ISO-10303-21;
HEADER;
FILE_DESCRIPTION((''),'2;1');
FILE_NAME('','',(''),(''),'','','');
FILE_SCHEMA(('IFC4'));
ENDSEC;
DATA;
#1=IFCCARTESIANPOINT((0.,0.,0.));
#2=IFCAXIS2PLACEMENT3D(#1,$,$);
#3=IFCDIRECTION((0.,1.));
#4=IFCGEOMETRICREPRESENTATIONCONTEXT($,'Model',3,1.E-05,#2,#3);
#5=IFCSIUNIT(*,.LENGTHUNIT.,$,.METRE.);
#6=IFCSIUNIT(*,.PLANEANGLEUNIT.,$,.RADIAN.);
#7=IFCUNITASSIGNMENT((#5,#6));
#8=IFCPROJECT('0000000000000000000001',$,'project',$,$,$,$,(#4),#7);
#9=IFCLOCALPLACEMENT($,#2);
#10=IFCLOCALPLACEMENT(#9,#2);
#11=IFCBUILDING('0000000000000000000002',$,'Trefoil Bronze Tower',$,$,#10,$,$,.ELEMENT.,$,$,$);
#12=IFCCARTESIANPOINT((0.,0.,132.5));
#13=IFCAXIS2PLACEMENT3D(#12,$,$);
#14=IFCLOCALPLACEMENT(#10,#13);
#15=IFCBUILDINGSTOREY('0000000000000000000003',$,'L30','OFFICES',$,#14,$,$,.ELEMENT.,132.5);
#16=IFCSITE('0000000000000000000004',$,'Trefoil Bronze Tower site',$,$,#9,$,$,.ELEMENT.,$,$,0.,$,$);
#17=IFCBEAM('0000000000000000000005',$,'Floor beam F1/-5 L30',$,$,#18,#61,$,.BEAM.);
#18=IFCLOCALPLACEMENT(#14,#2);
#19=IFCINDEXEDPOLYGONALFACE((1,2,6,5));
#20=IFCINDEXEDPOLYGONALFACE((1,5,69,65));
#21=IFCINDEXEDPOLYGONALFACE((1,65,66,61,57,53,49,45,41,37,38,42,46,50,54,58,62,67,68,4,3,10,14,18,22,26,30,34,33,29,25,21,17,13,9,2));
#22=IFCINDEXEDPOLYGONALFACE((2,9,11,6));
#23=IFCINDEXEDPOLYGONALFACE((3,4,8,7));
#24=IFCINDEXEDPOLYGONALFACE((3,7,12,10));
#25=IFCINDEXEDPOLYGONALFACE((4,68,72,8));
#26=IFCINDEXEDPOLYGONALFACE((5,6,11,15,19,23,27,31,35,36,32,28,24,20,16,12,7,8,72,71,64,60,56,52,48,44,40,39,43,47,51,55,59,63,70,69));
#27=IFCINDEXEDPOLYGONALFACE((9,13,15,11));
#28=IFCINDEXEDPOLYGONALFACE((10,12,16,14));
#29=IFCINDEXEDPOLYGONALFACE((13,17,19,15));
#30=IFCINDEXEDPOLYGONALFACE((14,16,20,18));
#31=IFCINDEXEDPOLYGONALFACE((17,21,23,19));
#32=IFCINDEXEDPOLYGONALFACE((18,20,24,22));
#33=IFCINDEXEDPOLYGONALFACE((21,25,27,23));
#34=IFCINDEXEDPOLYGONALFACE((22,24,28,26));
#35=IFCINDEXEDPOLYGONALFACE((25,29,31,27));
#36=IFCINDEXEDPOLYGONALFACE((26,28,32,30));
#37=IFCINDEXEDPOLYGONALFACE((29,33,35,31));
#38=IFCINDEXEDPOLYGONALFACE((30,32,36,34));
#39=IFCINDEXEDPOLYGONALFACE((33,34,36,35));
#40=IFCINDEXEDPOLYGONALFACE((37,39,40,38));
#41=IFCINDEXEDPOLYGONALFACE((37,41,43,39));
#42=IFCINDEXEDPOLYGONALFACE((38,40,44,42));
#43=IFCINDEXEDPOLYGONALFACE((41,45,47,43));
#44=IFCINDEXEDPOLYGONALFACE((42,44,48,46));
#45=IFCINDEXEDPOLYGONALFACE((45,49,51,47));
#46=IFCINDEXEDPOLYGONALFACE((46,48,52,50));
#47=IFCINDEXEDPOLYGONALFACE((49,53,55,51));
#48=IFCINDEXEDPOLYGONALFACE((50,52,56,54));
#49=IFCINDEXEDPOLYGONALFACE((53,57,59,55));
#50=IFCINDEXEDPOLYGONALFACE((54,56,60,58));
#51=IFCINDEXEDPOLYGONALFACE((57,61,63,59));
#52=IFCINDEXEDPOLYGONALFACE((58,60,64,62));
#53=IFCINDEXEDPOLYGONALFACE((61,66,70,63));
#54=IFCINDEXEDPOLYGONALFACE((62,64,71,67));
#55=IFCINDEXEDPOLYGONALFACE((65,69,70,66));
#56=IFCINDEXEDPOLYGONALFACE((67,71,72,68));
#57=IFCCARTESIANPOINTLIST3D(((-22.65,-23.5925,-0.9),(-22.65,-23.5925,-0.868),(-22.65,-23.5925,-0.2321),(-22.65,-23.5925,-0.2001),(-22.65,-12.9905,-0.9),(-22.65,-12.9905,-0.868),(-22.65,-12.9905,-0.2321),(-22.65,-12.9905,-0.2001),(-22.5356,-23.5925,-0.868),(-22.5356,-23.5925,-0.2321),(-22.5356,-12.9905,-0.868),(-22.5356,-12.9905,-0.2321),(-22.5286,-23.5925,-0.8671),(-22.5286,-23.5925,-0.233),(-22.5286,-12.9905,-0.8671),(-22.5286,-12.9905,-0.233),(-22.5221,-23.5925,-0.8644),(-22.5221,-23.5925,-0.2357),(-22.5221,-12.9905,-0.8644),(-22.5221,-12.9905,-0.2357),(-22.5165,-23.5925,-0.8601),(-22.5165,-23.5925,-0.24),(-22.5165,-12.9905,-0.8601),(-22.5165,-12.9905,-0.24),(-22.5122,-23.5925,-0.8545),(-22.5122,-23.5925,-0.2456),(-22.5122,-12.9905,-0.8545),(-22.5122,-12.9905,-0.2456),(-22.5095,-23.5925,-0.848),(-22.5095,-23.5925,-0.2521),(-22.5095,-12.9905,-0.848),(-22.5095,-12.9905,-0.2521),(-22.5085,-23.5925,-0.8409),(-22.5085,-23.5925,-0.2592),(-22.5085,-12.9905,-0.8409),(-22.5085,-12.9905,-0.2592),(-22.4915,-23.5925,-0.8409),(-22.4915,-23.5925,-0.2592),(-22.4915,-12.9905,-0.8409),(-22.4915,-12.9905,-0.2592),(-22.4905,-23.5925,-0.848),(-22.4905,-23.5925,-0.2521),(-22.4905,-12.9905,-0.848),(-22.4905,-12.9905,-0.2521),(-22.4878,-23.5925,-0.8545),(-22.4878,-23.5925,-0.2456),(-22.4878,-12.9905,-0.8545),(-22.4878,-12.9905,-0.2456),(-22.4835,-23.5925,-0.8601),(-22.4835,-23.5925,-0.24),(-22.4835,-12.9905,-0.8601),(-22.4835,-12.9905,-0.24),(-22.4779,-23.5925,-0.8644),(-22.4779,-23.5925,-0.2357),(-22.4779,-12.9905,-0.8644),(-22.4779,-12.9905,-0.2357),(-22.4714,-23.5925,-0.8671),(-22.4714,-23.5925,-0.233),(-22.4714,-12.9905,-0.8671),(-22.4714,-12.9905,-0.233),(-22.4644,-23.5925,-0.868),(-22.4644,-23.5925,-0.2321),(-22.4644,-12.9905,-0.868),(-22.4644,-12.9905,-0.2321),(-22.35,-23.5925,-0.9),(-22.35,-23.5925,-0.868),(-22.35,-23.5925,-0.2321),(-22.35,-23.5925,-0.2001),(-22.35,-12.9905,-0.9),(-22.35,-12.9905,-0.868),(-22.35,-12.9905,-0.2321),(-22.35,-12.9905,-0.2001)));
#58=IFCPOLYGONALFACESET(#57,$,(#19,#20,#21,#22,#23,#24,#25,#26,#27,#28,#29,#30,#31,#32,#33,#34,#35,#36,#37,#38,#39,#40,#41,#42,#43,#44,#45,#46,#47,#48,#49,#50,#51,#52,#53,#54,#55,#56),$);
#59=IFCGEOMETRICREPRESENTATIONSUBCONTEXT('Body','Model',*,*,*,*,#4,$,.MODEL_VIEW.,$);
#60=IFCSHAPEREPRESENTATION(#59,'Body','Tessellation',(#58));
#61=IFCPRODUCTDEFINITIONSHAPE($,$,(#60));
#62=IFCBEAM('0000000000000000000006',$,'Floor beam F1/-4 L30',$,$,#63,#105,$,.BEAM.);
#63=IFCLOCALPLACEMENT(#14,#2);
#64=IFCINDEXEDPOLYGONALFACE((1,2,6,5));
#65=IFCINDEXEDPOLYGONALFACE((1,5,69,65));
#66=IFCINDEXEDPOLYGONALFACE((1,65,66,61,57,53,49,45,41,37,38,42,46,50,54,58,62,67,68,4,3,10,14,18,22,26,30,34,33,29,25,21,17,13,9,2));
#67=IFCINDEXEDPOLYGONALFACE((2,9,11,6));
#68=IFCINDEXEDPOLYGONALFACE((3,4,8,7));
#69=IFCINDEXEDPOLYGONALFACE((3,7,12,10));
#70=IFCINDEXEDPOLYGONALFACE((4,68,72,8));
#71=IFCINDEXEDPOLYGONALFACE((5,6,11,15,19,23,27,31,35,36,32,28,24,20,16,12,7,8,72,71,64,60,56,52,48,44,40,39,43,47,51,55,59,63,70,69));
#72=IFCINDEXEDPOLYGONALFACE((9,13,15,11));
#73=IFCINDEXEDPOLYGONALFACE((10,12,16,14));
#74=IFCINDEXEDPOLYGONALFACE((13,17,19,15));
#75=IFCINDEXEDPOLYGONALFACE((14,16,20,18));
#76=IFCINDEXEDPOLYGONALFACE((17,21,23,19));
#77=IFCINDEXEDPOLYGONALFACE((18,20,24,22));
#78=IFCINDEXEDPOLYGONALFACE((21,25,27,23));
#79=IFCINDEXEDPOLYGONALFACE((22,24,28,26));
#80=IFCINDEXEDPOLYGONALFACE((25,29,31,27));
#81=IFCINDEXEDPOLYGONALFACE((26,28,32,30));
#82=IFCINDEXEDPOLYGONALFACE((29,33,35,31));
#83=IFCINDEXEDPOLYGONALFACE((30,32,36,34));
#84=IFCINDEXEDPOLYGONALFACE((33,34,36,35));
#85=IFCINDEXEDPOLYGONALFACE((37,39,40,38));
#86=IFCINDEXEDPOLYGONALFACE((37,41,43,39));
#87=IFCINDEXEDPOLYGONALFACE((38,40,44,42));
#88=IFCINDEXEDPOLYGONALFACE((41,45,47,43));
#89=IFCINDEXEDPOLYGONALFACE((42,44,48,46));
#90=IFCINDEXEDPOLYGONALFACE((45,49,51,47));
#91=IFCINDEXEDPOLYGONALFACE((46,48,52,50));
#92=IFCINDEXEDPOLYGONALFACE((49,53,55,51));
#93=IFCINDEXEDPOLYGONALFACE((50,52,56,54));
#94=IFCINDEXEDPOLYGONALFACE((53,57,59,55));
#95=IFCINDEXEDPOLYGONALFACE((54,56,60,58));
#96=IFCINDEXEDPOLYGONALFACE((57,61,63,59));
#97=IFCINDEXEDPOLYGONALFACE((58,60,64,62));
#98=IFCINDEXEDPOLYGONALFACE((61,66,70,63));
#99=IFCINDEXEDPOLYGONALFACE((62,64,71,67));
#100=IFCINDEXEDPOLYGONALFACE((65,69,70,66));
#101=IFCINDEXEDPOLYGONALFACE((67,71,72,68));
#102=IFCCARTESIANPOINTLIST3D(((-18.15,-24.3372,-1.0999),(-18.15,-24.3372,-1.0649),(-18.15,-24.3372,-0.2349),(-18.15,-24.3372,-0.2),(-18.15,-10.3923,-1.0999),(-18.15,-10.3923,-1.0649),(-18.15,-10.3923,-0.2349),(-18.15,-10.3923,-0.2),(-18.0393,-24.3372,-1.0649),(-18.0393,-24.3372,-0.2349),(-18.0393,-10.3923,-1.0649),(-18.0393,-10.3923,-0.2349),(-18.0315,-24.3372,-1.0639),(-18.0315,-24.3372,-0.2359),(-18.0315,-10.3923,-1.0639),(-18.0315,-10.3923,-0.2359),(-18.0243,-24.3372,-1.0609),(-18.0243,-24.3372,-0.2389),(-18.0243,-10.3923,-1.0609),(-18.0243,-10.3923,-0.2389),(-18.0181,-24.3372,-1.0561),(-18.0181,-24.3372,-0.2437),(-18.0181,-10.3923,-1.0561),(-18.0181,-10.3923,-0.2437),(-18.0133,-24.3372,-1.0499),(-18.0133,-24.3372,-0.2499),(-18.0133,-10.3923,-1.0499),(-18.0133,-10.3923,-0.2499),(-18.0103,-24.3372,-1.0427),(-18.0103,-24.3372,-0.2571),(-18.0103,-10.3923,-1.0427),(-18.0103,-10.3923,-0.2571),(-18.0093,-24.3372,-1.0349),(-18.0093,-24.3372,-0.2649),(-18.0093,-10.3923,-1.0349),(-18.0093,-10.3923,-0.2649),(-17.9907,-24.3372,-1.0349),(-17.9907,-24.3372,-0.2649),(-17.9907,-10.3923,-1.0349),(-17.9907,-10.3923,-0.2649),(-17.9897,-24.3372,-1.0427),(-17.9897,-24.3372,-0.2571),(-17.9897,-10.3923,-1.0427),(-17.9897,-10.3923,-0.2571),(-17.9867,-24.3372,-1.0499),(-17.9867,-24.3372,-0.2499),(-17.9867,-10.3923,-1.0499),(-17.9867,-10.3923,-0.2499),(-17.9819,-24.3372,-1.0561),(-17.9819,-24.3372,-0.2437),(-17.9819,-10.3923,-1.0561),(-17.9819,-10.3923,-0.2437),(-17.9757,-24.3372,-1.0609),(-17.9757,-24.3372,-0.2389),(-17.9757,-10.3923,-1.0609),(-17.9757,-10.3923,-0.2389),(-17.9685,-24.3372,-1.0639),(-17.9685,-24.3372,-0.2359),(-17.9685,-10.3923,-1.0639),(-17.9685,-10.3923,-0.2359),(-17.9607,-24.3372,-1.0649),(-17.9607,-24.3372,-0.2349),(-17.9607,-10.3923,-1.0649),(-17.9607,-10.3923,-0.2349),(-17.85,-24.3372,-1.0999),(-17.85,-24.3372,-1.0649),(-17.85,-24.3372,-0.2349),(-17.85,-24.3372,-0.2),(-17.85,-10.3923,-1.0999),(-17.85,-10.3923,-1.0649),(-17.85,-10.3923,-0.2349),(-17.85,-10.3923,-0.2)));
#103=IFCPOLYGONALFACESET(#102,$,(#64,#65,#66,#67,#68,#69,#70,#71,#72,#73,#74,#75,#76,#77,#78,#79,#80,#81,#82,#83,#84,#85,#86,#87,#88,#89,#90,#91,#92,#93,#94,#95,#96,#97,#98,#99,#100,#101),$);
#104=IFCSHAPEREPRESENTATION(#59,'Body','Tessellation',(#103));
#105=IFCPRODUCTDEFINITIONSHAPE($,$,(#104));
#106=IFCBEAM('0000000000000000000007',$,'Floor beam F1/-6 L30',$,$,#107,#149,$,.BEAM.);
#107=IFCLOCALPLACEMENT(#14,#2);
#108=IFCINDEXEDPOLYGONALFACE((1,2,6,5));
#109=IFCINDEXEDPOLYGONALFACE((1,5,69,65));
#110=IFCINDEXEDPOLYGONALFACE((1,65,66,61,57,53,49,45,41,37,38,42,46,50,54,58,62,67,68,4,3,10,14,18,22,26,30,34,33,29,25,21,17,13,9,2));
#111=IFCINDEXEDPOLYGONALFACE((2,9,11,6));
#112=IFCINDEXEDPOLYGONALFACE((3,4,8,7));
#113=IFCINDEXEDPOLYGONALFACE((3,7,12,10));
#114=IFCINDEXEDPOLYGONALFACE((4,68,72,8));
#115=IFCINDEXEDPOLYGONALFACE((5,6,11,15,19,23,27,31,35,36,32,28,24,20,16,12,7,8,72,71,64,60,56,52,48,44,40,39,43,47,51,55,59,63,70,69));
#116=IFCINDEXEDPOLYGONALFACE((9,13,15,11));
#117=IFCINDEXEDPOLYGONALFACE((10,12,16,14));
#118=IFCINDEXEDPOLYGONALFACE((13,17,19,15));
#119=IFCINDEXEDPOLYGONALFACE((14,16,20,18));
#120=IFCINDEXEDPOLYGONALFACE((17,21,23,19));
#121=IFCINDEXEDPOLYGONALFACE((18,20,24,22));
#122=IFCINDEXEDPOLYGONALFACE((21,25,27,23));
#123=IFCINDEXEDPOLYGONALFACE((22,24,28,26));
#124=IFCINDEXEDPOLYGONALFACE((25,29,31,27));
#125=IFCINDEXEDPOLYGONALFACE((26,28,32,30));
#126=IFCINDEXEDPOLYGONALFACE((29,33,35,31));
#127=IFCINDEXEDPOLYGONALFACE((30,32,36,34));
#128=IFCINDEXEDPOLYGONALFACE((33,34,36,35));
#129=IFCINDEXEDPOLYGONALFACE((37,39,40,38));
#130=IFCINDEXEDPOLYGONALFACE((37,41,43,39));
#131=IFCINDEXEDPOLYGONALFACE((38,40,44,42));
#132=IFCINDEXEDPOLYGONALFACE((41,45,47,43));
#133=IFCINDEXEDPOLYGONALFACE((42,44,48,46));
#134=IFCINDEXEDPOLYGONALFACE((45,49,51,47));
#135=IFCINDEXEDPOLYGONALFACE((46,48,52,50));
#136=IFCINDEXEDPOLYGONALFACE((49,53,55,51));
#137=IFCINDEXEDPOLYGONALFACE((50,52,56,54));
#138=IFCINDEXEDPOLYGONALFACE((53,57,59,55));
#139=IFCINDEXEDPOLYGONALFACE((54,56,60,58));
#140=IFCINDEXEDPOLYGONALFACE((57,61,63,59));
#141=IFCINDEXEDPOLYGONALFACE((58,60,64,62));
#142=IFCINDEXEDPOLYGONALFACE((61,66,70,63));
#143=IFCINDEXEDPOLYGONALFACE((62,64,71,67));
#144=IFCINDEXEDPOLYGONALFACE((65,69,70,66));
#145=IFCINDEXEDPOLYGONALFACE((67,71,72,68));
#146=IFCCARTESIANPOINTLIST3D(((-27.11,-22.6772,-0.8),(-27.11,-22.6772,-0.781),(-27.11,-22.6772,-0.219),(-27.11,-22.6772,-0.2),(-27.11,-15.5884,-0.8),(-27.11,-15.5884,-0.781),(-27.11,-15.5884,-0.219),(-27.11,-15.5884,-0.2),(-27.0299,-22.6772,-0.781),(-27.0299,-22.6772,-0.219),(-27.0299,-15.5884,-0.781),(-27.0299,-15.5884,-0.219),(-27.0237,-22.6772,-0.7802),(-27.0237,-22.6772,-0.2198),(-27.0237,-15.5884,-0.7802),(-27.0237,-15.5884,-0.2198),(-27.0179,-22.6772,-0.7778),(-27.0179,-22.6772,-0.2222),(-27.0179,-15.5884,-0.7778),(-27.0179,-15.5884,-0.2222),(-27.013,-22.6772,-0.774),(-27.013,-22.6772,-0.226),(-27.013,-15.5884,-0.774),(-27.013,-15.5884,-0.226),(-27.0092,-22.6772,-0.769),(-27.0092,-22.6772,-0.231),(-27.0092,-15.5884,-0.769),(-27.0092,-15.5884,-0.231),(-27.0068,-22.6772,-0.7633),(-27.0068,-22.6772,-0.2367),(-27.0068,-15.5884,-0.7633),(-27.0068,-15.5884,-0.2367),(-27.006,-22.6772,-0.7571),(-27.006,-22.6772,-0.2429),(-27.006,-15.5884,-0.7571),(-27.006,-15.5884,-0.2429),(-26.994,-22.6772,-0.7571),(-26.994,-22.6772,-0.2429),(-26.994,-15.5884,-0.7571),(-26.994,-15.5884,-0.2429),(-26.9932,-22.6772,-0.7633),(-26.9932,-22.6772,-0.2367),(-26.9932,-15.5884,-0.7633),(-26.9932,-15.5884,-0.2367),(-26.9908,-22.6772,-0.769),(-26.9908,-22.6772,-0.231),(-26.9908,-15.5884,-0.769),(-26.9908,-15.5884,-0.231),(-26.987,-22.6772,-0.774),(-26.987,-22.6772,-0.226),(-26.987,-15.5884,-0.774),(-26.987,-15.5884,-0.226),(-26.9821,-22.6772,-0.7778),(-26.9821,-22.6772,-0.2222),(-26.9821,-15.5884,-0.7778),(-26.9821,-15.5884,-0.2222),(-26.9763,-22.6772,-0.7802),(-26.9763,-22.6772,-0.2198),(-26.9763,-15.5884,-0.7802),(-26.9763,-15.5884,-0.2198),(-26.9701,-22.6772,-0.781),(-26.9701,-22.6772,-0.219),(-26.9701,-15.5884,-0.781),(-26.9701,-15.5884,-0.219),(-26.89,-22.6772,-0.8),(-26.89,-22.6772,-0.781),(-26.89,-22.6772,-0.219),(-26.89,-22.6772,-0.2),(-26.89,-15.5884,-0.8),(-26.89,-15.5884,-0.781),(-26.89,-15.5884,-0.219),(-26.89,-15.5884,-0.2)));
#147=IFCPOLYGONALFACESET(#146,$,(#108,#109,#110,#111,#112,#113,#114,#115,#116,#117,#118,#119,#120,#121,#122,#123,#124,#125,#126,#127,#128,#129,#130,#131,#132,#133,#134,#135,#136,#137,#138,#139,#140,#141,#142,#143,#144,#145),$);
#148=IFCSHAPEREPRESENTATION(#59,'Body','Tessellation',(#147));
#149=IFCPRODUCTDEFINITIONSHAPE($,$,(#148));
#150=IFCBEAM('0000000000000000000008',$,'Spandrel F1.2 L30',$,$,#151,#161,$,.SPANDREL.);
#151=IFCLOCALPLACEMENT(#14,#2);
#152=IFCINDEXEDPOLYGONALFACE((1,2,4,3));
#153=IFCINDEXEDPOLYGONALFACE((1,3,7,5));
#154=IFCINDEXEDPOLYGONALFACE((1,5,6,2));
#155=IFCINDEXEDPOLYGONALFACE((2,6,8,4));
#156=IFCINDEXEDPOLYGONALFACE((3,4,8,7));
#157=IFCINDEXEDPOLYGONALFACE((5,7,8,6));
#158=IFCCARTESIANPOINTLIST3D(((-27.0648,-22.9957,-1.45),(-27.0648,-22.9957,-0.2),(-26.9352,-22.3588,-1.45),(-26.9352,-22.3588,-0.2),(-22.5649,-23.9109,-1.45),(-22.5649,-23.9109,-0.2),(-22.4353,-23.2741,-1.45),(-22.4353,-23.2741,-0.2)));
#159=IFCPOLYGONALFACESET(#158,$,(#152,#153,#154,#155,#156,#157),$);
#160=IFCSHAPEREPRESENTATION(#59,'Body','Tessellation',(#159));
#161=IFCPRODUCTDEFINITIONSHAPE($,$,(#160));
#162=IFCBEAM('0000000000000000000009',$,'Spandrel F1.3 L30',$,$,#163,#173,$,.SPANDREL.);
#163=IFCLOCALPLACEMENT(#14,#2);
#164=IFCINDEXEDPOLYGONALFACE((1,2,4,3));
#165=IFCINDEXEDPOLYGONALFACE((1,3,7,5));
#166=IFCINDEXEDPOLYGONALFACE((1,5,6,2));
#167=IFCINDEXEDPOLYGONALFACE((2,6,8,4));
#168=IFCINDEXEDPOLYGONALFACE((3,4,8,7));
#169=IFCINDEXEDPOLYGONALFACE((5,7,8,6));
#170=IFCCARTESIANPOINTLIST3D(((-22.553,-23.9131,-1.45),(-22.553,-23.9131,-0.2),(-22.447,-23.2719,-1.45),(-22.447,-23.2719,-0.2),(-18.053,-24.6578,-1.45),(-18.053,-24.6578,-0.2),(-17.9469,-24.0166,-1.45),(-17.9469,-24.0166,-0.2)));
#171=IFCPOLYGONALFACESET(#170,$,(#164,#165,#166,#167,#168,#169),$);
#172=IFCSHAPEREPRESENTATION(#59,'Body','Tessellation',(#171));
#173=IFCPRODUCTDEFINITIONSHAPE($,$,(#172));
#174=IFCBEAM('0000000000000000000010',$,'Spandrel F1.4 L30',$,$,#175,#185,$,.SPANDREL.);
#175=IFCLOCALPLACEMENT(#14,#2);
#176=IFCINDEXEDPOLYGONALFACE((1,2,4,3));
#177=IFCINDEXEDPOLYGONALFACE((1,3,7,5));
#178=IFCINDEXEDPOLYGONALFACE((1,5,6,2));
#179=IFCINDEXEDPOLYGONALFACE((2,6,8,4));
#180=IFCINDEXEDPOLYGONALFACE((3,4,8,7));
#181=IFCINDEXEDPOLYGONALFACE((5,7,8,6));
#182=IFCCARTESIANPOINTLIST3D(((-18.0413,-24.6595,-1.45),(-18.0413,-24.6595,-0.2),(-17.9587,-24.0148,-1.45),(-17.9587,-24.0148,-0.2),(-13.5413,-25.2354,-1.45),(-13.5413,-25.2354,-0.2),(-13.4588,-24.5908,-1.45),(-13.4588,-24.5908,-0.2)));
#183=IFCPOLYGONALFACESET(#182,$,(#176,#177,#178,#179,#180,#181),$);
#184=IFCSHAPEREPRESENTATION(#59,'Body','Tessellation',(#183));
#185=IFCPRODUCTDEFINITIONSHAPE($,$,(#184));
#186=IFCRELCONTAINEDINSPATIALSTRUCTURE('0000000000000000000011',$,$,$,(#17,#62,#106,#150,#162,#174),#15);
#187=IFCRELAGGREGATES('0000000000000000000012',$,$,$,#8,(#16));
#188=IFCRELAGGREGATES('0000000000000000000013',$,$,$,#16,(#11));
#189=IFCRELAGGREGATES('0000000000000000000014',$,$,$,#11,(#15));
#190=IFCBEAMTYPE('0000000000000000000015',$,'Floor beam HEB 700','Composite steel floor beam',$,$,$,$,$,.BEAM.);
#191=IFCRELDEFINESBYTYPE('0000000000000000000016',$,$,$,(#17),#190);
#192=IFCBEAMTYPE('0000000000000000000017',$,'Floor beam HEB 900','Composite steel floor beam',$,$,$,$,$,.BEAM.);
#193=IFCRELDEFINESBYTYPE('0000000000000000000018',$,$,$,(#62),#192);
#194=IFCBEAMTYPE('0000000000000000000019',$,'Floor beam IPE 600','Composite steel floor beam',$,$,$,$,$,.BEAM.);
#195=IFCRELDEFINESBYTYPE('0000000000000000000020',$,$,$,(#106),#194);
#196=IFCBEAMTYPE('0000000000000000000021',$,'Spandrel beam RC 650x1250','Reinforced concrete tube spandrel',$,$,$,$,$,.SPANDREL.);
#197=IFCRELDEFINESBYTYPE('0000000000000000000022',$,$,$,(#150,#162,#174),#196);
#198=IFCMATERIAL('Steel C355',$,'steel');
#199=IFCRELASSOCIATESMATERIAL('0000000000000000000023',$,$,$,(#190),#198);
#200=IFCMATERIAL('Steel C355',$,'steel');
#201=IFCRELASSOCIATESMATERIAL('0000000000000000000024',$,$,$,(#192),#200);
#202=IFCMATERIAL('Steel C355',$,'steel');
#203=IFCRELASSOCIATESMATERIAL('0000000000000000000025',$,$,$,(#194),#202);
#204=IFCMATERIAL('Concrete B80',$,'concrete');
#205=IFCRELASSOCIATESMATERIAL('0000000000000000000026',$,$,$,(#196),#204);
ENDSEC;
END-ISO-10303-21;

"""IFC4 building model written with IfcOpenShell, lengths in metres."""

from ifc_helpers import new_model, si_unit, direction, frame, origin, origin_2d, place, context, subcontext, project, spatial, rectangle, i_section, extrude, material, material_profile, profile_set, type_object, element, save


model = new_model("IFC4")

# Units and contexts
model_context = context("Model", 3, precision=1e-05, world=origin(), true_north=direction((0.0, 1.0)))
body_context = subcontext(model_context, "Body", "Model", "MODEL_VIEW")
ifc_project = project(units=[si_unit("LENGTHUNIT", "METRE"), si_unit("PLANEANGLEUNIT", "RADIAN")], contexts=[model_context])

# Site, building, storey
site_placement = place(None, origin())
site = spatial("IfcSite", under=ifc_project, at=site_placement, Name="Trefoil Bronze Tower site", CompositionType="ELEMENT", RefElevation=0.0)
building_placement = place(site_placement, origin())
building = spatial("IfcBuilding", under=site, at=building_placement, Name="Trefoil Bronze Tower", CompositionType="ELEMENT")
storey_placement = place(building_placement, frame((0.0, 0.0, 132.5)))
storey = spatial("IfcBuildingStorey", under=building, at=storey_placement, Name="L30", Description="OFFICES", CompositionType="ELEMENT", Elevation=132.5)

# Beams
ifc_material_1 = material(Name="Steel C355", Category="steel")
ifc_material_profile_1 = material_profile(ifc_material_1, i_section(OverallWidth=0.3, OverallDepth=0.7, WebThickness=0.0171, FlangeThickness=0.032, FilletRadius=0.0271, at=origin_2d()), Name="HEB 700")
ifc_profile_set_1 = profile_set([ifc_material_profile_1], Name="Steel C355")
beam_type_1 = type_object("IfcBeamType", Name="Floor beam HEB 700", Description="Composite steel floor beam", PredefinedType="BEAM", material=ifc_profile_set_1)
beam_1_placement = place(storey_placement, frame((-22.5, -23.5925, -0.55), z_axis=(0.0, 1.0, 0.0), x_axis=(-1.0, 0.0, 0.0)))
element("IfcBeam", 1, at=beam_1_placement, inside=storey, type_object=beam_type_1, Name="Floor beam F1/-5 L30", PredefinedType="BEAM", context=body_context, shape_type="SweptSolid", body=[
    extrude(i_section(OverallWidth=0.3, OverallDepth=0.7, WebThickness=0.0171, FlangeThickness=0.032, FilletRadius=0.0271, at=origin_2d()), origin(), (0.0, 0.0, 1.0), 10.6021),
])
ifc_material_2 = material(Name="Steel C355", Category="steel")
ifc_material_profile_2 = material_profile(ifc_material_2, i_section(OverallWidth=0.3, OverallDepth=0.8999, WebThickness=0.0186, FlangeThickness=0.0349, FilletRadius=0.03, at=origin_2d()), Name="HEB 900")
ifc_profile_set_2 = profile_set([ifc_material_profile_2], Name="Steel C355")
beam_type_2 = type_object("IfcBeamType", Name="Floor beam HEB 900", Description="Composite steel floor beam", PredefinedType="BEAM", material=ifc_profile_set_2)
beam_2_placement = place(storey_placement, frame((-18.0, -24.3372, -0.6499), z_axis=(0.0, 1.0, 0.0), x_axis=(-1.0, 0.0, 0.0)))
element("IfcBeam", 2, at=beam_2_placement, inside=storey, type_object=beam_type_2, Name="Floor beam F1/-4 L30", PredefinedType="BEAM", context=body_context, shape_type="SweptSolid", body=[
    extrude(i_section(OverallWidth=0.3, OverallDepth=0.8999, WebThickness=0.0186, FlangeThickness=0.0349, FilletRadius=0.03, at=origin_2d()), origin(), (0.0, 0.0, 1.0), 13.9448),
])
ifc_material_3 = material(Name="Steel C355", Category="steel")
ifc_material_profile_3 = material_profile(ifc_material_3, i_section(OverallWidth=0.22, OverallDepth=0.6001, WebThickness=0.012, FlangeThickness=0.019, FilletRadius=0.0239, at=origin_2d()), Name="IPE 600")
ifc_profile_set_3 = profile_set([ifc_material_profile_3], Name="Steel C355")
beam_type_3 = type_object("IfcBeamType", Name="Floor beam IPE 600", Description="Composite steel floor beam", PredefinedType="BEAM", material=ifc_profile_set_3)
beam_3_placement = place(storey_placement, frame((-27.0, -22.6772, -0.5), z_axis=(0.0, 1.0, 0.0), x_axis=(-1.0, 0.0, 0.0)))
element("IfcBeam", 3, at=beam_3_placement, inside=storey, type_object=beam_type_3, Name="Floor beam F1/-6 L30", PredefinedType="BEAM", context=body_context, shape_type="SweptSolid", body=[
    extrude(i_section(OverallWidth=0.22, OverallDepth=0.6001, WebThickness=0.012, FlangeThickness=0.019, FilletRadius=0.0239, at=origin_2d()), origin(), (0.0, 0.0, 1.0), 7.0889),
])
ifc_material_4 = material(Name="Concrete B80", Category="concrete")
ifc_material_profile_4 = material_profile(ifc_material_4, rectangle(XDim=0.6499, YDim=1.25, at=origin_2d()), Name="RC 650x1250")
ifc_profile_set_4 = profile_set([ifc_material_profile_4], Name="Concrete B80")
beam_type_4 = type_object("IfcBeamType", Name="Spandrel beam RC 650x1250", Description="Reinforced concrete tube spandrel", PredefinedType="SPANDREL", material=ifc_profile_set_4)
beam_4_placement = place(storey_placement, frame((-27.0, -22.6772, -0.825), z_axis=(0.979935, -0.199315, 0.0), x_axis=(0.199315, 0.979935, 0.0)))
element("IfcBeam", 4, at=beam_4_placement, inside=storey, type_object=beam_type_4, Name="Spandrel F1.2 L30", PredefinedType="SPANDREL", context=body_context, shape_type="SweptSolid", body=[
    extrude(rectangle(XDim=0.6499, YDim=1.25, at=origin_2d()), origin(), (0.0, 0.0, 1.0), 4.592),
])
beam_5_placement = place(storey_placement, frame((-22.5, -23.5925, -0.825), z_axis=(0.986584, -0.163253, 0.0), x_axis=(0.163253, 0.986584, 0.0)))
element("IfcBeam", 5, at=beam_5_placement, inside=storey, type_object=beam_type_4, Name="Spandrel F1.3 L30", PredefinedType="SPANDREL", context=body_context, shape_type="SweptSolid", body=[
    extrude(rectangle(XDim=0.6499, YDim=1.25, at=origin_2d()), origin(), (0.0, 0.0, 1.0), 4.5613),
])
beam_6_placement = place(storey_placement, frame((-18.0, -24.3372, -0.825), z_axis=(0.991909, -0.126948, 0.0), x_axis=(0.126948, 0.991909, 0.0)))
element("IfcBeam", 6, at=beam_6_placement, inside=storey, type_object=beam_type_4, Name="Spandrel F1.4 L30", PredefinedType="SPANDREL", context=body_context, shape_type="SweptSolid", body=[
    extrude(rectangle(XDim=0.6499, YDim=1.25, at=origin_2d()), origin(), (0.0, 0.0, 1.0), 4.5366),
])

save(model, "model.ifc")
